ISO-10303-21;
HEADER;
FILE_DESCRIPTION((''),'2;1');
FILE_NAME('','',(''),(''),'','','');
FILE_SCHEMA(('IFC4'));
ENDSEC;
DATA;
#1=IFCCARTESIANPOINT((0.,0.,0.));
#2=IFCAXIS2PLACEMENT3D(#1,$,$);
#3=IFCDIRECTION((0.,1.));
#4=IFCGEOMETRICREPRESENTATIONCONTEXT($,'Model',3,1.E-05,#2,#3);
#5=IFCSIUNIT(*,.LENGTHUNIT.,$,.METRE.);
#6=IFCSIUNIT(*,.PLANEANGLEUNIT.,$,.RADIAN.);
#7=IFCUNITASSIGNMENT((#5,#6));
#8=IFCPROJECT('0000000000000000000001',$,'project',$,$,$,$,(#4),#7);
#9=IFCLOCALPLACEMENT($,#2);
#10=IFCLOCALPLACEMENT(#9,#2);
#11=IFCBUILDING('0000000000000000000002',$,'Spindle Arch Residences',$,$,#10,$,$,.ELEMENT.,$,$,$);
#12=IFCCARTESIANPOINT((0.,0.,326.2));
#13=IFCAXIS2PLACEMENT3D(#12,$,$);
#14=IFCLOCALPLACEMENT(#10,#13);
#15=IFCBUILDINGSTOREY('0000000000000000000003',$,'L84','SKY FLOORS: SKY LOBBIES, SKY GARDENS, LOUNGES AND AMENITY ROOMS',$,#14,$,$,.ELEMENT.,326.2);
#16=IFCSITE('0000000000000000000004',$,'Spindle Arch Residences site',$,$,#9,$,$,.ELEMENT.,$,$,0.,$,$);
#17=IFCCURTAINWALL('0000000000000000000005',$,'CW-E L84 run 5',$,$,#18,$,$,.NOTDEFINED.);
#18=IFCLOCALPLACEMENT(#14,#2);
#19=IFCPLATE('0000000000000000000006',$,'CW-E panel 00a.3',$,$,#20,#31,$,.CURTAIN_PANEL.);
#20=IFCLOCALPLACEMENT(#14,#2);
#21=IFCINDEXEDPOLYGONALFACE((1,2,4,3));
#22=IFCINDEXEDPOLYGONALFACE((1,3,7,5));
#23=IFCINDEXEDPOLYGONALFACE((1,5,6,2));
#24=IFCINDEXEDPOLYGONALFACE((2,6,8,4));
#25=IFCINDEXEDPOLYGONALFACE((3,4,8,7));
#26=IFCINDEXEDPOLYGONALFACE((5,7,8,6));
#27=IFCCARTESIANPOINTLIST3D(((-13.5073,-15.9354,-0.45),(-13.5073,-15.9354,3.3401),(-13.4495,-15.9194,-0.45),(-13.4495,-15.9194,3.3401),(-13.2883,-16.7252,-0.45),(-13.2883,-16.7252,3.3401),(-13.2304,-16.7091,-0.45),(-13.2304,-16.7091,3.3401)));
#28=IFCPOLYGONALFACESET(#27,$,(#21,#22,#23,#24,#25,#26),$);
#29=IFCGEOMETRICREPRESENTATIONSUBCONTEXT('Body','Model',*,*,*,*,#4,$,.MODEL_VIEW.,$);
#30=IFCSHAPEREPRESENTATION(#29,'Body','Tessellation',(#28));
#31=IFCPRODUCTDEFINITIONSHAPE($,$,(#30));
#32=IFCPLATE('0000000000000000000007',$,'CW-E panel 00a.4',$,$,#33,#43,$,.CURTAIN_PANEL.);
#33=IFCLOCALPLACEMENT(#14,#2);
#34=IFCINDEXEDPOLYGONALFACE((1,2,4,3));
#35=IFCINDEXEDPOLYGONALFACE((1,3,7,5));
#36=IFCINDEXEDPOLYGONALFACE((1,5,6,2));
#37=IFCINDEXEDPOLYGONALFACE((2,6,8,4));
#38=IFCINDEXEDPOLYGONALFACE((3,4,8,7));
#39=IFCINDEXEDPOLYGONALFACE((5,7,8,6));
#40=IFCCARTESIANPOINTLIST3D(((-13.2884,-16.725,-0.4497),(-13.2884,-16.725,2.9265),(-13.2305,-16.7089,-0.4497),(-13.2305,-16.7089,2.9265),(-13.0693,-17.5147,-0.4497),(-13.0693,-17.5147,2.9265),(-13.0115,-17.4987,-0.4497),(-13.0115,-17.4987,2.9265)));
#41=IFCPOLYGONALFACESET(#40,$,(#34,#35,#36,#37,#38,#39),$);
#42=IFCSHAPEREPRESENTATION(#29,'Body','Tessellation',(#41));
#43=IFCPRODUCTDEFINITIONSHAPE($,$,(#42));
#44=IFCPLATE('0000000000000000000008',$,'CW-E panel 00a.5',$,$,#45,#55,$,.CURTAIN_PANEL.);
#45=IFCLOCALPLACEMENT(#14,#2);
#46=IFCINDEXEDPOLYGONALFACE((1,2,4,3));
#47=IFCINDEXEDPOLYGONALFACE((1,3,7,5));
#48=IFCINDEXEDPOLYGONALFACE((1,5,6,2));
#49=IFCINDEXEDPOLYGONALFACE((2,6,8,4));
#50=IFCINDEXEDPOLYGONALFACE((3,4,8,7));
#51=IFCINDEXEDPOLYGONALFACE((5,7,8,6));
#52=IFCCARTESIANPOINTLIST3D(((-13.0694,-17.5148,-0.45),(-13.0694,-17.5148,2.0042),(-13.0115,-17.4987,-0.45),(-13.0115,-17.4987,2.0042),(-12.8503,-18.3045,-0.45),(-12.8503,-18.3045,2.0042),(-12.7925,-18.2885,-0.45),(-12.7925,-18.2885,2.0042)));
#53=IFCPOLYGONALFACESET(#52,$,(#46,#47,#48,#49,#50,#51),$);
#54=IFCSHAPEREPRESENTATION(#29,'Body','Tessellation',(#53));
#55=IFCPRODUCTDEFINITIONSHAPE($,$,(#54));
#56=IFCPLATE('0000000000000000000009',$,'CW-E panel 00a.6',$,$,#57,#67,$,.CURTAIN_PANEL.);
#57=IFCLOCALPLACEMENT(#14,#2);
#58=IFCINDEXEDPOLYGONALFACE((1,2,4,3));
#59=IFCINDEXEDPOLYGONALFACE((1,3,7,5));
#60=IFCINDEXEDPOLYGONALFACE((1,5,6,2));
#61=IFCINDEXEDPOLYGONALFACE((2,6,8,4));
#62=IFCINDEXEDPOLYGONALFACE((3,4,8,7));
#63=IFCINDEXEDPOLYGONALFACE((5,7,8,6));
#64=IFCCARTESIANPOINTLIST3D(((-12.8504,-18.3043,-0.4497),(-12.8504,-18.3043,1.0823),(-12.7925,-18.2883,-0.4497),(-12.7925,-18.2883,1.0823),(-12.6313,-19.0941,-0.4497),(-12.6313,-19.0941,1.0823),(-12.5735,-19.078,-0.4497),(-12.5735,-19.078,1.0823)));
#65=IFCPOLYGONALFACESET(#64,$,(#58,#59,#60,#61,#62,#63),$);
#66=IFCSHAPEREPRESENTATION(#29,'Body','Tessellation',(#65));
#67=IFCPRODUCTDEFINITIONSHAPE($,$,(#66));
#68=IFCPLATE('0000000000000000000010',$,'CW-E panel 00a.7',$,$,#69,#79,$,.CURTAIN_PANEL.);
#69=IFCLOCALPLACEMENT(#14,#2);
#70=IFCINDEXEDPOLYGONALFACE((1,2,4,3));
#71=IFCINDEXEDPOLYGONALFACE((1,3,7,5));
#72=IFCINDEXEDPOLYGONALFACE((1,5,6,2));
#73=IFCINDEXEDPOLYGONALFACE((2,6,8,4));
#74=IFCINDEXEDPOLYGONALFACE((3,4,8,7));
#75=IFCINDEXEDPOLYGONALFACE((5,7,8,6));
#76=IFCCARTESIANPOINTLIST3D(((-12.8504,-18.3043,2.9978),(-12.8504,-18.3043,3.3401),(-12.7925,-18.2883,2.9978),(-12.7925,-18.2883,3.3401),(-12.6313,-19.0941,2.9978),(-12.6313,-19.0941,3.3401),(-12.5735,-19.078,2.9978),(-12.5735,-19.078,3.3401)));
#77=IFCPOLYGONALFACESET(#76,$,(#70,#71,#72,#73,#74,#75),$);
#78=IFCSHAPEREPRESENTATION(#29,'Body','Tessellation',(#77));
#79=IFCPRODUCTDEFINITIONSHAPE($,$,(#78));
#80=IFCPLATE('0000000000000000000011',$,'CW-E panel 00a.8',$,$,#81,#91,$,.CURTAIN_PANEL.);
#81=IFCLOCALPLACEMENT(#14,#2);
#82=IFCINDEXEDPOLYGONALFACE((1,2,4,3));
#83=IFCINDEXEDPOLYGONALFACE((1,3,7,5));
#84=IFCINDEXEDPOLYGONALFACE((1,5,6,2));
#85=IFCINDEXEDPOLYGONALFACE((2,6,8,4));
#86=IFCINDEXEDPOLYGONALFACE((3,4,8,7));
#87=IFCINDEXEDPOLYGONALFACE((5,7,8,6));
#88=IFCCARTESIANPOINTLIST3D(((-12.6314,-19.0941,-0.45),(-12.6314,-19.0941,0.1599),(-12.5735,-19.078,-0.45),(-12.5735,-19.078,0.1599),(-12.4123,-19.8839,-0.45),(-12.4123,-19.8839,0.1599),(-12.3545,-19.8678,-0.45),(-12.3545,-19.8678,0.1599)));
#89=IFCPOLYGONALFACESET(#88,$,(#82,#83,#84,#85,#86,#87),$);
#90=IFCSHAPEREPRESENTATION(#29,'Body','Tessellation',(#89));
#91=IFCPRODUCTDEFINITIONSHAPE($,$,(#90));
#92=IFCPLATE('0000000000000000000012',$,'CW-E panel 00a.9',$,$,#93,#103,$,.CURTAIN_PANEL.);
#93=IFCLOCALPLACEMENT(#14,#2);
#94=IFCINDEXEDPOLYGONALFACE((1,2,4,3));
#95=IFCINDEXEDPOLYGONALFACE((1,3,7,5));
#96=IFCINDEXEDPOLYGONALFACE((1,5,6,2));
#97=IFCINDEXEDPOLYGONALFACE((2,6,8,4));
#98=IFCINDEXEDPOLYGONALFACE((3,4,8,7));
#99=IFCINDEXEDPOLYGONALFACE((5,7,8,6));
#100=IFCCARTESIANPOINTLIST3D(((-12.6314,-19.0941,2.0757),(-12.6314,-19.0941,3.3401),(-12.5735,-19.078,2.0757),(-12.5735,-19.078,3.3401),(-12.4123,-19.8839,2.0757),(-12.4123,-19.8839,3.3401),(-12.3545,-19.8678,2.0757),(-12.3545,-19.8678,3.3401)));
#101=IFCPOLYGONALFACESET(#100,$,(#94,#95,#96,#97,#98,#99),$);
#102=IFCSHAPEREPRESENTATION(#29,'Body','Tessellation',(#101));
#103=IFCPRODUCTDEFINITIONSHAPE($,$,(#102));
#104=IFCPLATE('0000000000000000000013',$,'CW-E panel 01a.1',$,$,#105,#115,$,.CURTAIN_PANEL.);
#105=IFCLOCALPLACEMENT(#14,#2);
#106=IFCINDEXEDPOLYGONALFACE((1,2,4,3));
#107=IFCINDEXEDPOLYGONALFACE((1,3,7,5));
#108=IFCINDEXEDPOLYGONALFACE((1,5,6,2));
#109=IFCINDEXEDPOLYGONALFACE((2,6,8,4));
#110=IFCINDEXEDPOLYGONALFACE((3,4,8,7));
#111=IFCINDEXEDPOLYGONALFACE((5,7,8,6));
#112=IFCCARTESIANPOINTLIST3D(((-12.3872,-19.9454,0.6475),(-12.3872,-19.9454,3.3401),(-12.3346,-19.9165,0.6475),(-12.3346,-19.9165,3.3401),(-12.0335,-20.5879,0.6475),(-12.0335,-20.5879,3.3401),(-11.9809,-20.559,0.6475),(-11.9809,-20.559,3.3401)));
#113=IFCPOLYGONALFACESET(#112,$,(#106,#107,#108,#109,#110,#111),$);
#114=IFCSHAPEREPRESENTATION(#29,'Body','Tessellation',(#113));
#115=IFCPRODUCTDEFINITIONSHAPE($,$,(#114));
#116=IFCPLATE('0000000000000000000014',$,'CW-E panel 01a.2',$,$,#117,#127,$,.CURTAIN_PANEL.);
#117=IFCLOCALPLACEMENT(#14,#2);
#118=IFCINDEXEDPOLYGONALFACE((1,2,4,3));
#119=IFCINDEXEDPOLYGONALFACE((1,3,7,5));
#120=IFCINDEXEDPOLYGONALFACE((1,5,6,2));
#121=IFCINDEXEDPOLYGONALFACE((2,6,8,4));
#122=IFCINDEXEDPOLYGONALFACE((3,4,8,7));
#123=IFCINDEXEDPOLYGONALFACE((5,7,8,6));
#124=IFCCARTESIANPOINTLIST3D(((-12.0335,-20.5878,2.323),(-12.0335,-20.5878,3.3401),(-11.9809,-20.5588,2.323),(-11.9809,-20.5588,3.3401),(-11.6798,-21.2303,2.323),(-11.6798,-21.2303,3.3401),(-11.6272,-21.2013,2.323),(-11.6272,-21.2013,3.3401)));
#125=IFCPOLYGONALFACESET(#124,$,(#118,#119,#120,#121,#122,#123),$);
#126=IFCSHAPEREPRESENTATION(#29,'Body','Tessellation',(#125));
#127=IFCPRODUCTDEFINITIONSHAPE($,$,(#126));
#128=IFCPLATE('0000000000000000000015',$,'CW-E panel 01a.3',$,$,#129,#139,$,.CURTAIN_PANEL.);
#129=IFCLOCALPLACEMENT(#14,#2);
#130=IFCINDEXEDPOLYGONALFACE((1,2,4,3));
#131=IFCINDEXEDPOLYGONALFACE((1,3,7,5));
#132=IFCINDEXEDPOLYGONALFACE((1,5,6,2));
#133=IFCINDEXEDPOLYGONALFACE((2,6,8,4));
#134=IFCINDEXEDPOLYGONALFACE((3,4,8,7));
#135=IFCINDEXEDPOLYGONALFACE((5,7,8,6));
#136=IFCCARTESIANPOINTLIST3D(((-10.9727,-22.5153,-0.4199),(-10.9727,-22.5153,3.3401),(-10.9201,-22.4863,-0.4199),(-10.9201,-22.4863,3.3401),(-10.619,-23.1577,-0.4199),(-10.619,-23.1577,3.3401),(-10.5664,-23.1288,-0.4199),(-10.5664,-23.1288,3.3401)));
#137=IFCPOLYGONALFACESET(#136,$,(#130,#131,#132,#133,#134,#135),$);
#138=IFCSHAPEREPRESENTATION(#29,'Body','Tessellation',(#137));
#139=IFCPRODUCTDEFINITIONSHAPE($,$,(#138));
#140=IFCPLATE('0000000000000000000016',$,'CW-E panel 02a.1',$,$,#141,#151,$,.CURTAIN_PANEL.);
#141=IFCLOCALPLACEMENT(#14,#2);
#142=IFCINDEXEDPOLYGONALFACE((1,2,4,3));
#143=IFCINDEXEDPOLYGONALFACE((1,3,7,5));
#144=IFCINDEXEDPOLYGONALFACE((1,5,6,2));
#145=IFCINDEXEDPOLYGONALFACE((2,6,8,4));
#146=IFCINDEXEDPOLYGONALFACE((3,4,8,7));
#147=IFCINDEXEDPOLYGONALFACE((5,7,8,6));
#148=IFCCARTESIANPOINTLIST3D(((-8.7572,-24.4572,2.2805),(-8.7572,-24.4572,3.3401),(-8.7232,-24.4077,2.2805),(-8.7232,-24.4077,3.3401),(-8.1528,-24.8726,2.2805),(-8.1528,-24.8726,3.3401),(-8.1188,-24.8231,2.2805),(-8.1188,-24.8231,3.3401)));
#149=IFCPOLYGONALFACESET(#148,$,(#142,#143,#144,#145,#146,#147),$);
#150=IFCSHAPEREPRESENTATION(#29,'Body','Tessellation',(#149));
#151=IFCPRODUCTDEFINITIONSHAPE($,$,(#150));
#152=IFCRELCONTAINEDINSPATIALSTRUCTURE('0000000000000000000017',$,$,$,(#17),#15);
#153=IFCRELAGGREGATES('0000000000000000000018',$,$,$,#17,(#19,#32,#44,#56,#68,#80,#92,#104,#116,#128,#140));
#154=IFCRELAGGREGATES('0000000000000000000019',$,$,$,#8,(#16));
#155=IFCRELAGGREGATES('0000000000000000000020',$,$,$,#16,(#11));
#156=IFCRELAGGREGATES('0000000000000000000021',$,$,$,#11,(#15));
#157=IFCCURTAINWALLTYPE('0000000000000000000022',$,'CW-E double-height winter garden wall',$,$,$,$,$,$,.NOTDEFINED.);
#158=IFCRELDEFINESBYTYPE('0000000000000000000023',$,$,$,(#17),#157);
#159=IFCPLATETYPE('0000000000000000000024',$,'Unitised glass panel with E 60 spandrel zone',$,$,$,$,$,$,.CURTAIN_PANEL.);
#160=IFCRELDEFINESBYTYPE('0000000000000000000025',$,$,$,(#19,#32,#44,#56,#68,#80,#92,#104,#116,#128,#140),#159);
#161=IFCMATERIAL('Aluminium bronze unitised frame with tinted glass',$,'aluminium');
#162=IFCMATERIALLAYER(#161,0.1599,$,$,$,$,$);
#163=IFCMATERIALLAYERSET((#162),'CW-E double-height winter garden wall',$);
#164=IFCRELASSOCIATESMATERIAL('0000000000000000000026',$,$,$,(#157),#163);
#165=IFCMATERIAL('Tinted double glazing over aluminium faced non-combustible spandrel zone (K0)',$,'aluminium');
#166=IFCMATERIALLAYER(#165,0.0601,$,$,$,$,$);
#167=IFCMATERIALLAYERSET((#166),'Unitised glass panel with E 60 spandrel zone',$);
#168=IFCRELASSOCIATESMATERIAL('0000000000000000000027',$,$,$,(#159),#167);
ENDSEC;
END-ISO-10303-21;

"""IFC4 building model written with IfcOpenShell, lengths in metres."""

from ifc_helpers import new_model, si_unit, direction, frame, origin, origin_2d, place, context, subcontext, project, spatial, rectangle, extrude, material, layer, layer_set, type_object, element, aggregate, save


model = new_model("IFC4")

# Units and contexts
model_context = context("Model", 3, precision=1e-05, world=origin(), true_north=direction((0.0, 1.0)))
body_context = subcontext(model_context, "Body", "Model", "MODEL_VIEW")
ifc_project = project(units=[si_unit("LENGTHUNIT", "METRE"), si_unit("PLANEANGLEUNIT", "RADIAN")], contexts=[model_context])

# Site, building, storey
site_placement = place(None, origin())
site = spatial("IfcSite", under=ifc_project, at=site_placement, Name="Spindle Arch Residences site", CompositionType="ELEMENT", RefElevation=0.0)
building_placement = place(site_placement, origin())
building = spatial("IfcBuilding", under=site, at=building_placement, Name="Spindle Arch Residences", CompositionType="ELEMENT")
storey_placement = place(building_placement, frame((0.0, 0.0, 326.2)))
storey = spatial("IfcBuildingStorey", under=building, at=storey_placement, Name="L84", Description="SKY FLOORS: SKY LOBBIES, SKY GARDENS, LOUNGES AND AMENITY ROOMS", CompositionType="ELEMENT", Elevation=326.2)

# Curtain wall, plates
ifc_material_1 = material(Name="Aluminium bronze unitised frame with tinted glass", Category="aluminium")
ifc_layer_1 = layer(ifc_material_1, 0.1599)
ifc_layer_set_1 = layer_set([ifc_layer_1], Name="CW-E double-height winter garden wall")
curtain_wall_type = type_object("IfcCurtainWallType", Name="CW-E double-height winter garden wall", PredefinedType="NOTDEFINED", material=ifc_layer_set_1)
curtain_wall_placement = place(storey_placement, origin())
curtain_wall = element("IfcCurtainWall", 1, at=curtain_wall_placement, inside=storey, type_object=curtain_wall_type, Name="CW-E L84 run 5", PredefinedType="NOTDEFINED")
ifc_material_2 = material(Name="Tinted double glazing over aluminium faced non-combustible spandrel zone (K0)", Category="aluminium")
ifc_layer_2 = layer(ifc_material_2, 0.0601)
ifc_layer_set_2 = layer_set([ifc_layer_2], Name="Unitised glass panel with E 60 spandrel zone")
plate_type_1 = type_object("IfcPlateType", Name="Unitised glass panel with E 60 spandrel zone", PredefinedType="CURTAIN_PANEL", material=ifc_layer_set_2)
plate_1_placement = place(storey_placement, frame((-13.3689, -16.3223, -0.45), z_axis=(0.0, 0.0, 1.0), x_axis=(0.267238, -0.96363, 0.0)))
plate_1 = element("IfcPlate", 2, at=plate_1_placement, type_object=plate_type_1, Name="CW-E panel 00a.3", PredefinedType="CURTAIN_PANEL", context=body_context, shape_type="SweptSolid", body=[
    extrude(rectangle(XDim=0.8196, YDim=0.0601, at=origin_2d()), origin(), (0.0, 0.0, 1.0), 3.79),
])
plate_2_placement = place(storey_placement, frame((-13.1499, -17.1118, -0.4497), z_axis=(0.0, 0.0, 1.0), x_axis=(0.267238, -0.96363, 0.0)))
plate_2 = element("IfcPlate", 3, at=plate_2_placement, type_object=plate_type_1, Name="CW-E panel 00a.4", PredefinedType="CURTAIN_PANEL", context=body_context, shape_type="SweptSolid", body=[
    extrude(rectangle(XDim=0.8196, YDim=0.0601, at=origin_2d()), origin(), (0.0, 0.0, 1.0), 3.3762),
])
plate_3_placement = place(storey_placement, frame((-12.9309, -17.9016, -0.45), z_axis=(0.0, 0.0, 1.0), x_axis=(0.267238, -0.96363, 0.0)))
plate_3 = element("IfcPlate", 4, at=plate_3_placement, type_object=plate_type_1, Name="CW-E panel 00a.5", PredefinedType="CURTAIN_PANEL", context=body_context, shape_type="SweptSolid", body=[
    extrude(rectangle(XDim=0.8196, YDim=0.0601, at=origin_2d()), origin(), (0.0, 0.0, 1.0), 2.4541),
])
plate_4_placement = place(storey_placement, frame((-12.7119, -18.6912, -0.4497), z_axis=(0.0, 0.0, 1.0), x_axis=(0.267238, -0.96363, 0.0)))
plate_4 = element("IfcPlate", 5, at=plate_4_placement, type_object=plate_type_1, Name="CW-E panel 00a.6", PredefinedType="CURTAIN_PANEL", context=body_context, shape_type="SweptSolid", body=[
    extrude(rectangle(XDim=0.8196, YDim=0.0601, at=origin_2d()), origin(), (0.0, 0.0, 1.0), 1.532),
])
plate_5_placement = place(storey_placement, frame((-12.7119, -18.6912, 2.9978), z_axis=(0.0, 0.0, 1.0), x_axis=(0.267238, -0.96363, 0.0)))
plate_5 = element("IfcPlate", 6, at=plate_5_placement, type_object=plate_type_1, Name="CW-E panel 00a.7", PredefinedType="CURTAIN_PANEL", context=body_context, shape_type="SweptSolid", body=[
    extrude(rectangle(XDim=0.8196, YDim=0.0601, at=origin_2d()), origin(), (0.0, 0.0, 1.0), 0.3423),
])
plate_6_placement = place(storey_placement, frame((-12.4929, -19.481, -0.45), z_axis=(0.0, 0.0, 1.0), x_axis=(0.267238, -0.96363, 0.0)))
plate_6 = element("IfcPlate", 7, at=plate_6_placement, type_object=plate_type_1, Name="CW-E panel 00a.8", PredefinedType="CURTAIN_PANEL", context=body_context, shape_type="SweptSolid", body=[
    extrude(rectangle(XDim=0.8196, YDim=0.0601, at=origin_2d()), origin(), (0.0, 0.0, 1.0), 0.6099),
])
plate_7_placement = place(storey_placement, frame((-12.4929, -19.481, 2.0757), z_axis=(0.0, 0.0, 1.0), x_axis=(0.267238, -0.96363, 0.0)))
plate_7 = element("IfcPlate", 8, at=plate_7_placement, type_object=plate_type_1, Name="CW-E panel 00a.9", PredefinedType="CURTAIN_PANEL", context=body_context, shape_type="SweptSolid", body=[
    extrude(rectangle(XDim=0.8196, YDim=0.0601, at=origin_2d()), origin(), (0.0, 0.0, 1.0), 1.2644),
])
plate_8_placement = place(storey_placement, frame((-12.1841, -20.2522, 0.6475), z_axis=(0.0, 0.0, 1.0), x_axis=(0.482263, -0.876026, 0.0)))
plate_8 = element("IfcPlate", 9, at=plate_8_placement, type_object=plate_type_1, Name="CW-E panel 01a.1", PredefinedType="CURTAIN_PANEL", context=body_context, shape_type="SweptSolid", body=[
    extrude(rectangle(XDim=0.7334, YDim=0.0601, at=origin_2d()), origin(), (0.0, 0.0, 1.0), 2.6926),
])
plate_9_placement = place(storey_placement, frame((-11.8303, -20.8945, 2.323), z_axis=(0.0, 0.0, 1.0), x_axis=(0.482263, -0.876026, 0.0)))
plate_9 = element("IfcPlate", 10, at=plate_9_placement, type_object=plate_type_1, Name="CW-E panel 01a.2", PredefinedType="CURTAIN_PANEL", context=body_context, shape_type="SweptSolid", body=[
    extrude(rectangle(XDim=0.7334, YDim=0.0601, at=origin_2d()), origin(), (0.0, 0.0, 1.0), 1.0171),
])
plate_10_placement = place(storey_placement, frame((-10.7695, -22.822, -0.4199), z_axis=(0.0, 0.0, 1.0), x_axis=(0.482263, -0.876026, 0.0)))
plate_10 = element("IfcPlate", 11, at=plate_10_placement, type_object=plate_type_1, Name="CW-E panel 01a.3", PredefinedType="CURTAIN_PANEL", context=body_context, shape_type="SweptSolid", body=[
    extrude(rectangle(XDim=0.7334, YDim=0.0601, at=origin_2d()), origin(), (0.0, 0.0, 1.0), 3.76),
])
plate_11_placement = place(storey_placement, frame((-8.438, -24.6401, 2.2805), z_axis=(0.0, 0.0, 1.0), x_axis=(0.824126, -0.566406, 0.0)))
plate_11 = element("IfcPlate", 12, at=plate_11_placement, type_object=plate_type_1, Name="CW-E panel 02a.1", PredefinedType="CURTAIN_PANEL", context=body_context, shape_type="SweptSolid", body=[
    extrude(rectangle(XDim=0.7334, YDim=0.0601, at=origin_2d()), origin(), (0.0, 0.0, 1.0), 1.0596),
])
aggregate(curtain_wall, [plate_1, plate_2, plate_3, plate_4, plate_5, plate_6, plate_7, plate_8, plate_9, plate_10, plate_11])

save(model, "model.ifc")
